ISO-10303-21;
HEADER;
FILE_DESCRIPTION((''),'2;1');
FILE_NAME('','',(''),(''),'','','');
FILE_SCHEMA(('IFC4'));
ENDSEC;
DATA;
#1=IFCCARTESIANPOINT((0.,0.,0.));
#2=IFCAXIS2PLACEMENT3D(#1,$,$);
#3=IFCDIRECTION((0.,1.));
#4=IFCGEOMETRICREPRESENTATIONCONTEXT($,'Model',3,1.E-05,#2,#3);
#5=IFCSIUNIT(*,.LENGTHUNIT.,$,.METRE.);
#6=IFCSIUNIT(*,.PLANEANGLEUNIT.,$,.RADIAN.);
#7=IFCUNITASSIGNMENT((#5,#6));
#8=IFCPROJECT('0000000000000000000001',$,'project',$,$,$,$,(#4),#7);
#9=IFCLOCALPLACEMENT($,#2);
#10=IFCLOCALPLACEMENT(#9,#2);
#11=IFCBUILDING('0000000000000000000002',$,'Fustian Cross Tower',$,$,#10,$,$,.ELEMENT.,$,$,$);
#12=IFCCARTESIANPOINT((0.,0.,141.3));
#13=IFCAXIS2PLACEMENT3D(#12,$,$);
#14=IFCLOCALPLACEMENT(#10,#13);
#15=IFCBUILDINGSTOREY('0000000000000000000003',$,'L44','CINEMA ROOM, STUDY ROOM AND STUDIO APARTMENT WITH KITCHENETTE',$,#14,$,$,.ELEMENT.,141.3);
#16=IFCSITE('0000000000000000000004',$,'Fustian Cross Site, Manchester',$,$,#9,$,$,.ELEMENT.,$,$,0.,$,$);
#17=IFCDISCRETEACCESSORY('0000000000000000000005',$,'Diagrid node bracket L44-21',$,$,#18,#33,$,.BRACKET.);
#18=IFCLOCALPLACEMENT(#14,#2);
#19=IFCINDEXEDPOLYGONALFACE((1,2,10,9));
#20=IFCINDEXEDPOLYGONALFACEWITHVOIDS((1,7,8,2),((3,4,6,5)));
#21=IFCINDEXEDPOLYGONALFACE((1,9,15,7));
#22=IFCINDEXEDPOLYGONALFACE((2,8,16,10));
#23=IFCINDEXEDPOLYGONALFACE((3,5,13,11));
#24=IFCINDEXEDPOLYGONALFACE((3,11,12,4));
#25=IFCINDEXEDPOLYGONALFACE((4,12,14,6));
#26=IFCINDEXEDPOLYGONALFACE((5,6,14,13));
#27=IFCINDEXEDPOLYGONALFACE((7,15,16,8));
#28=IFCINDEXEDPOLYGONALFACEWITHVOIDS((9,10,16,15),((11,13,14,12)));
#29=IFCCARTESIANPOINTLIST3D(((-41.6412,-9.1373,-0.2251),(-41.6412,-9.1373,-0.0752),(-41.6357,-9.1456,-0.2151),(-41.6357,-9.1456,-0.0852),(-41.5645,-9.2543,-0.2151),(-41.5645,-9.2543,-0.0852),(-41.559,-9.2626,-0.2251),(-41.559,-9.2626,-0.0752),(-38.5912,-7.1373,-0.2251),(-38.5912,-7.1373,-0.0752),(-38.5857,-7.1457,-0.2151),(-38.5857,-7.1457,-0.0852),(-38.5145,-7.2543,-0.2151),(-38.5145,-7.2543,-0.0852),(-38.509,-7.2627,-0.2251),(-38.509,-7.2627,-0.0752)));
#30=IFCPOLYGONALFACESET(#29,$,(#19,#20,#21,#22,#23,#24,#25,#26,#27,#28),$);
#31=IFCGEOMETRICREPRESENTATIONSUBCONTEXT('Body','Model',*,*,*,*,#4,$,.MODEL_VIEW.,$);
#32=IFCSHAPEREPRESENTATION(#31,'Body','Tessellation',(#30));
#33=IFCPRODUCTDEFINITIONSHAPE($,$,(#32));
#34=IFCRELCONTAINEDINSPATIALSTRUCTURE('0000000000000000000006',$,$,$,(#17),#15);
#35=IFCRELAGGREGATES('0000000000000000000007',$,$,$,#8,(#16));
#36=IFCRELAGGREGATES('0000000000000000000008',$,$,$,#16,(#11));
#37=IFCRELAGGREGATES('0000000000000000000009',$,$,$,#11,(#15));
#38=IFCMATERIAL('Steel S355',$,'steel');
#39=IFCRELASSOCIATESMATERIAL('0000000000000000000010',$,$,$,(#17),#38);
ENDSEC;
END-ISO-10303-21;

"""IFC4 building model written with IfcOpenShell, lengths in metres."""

from ifc_helpers import new_model, si_unit, direction, frame, origin, origin_2d, place, context, subcontext, project, spatial, hollow_rectangle, extrude, material, element, save


model = new_model("IFC4")

# Units and contexts
model_context = context("Model", 3, precision=1e-05, world=origin(), true_north=direction((0.0, 1.0)))
body_context = subcontext(model_context, "Body", "Model", "MODEL_VIEW")
ifc_project = project(units=[si_unit("LENGTHUNIT", "METRE"), si_unit("PLANEANGLEUNIT", "RADIAN")], contexts=[model_context])

# Site, building, storey
site_placement = place(None, origin())
site = spatial("IfcSite", under=ifc_project, at=site_placement, Name="Fustian Cross Site, Manchester", CompositionType="ELEMENT", RefElevation=0.0)
building_placement = place(site_placement, origin())
building = spatial("IfcBuilding", under=site, at=building_placement, Name="Fustian Cross Tower", CompositionType="ELEMENT")
storey_placement = place(building_placement, frame((0.0, 0.0, 141.3)))
storey = spatial("IfcBuildingStorey", under=building, at=storey_placement, Name="L44", Description="CINEMA ROOM, STUDY ROOM AND STUDIO APARTMENT WITH KITCHENETTE", CompositionType="ELEMENT", Elevation=141.3)

# Discrete accessory
ifc_material_1 = material(Name="Steel S355", Category="steel")
discrete_accessory_1_placement = place(storey_placement, frame((-41.6001, -9.2, -0.1501), z_axis=(0.836248, 0.548351, 0.0), x_axis=(-0.548351, 0.836248, 0.0)))
element("IfcDiscreteAccessory", 1, at=discrete_accessory_1_placement, inside=storey, material=ifc_material_1, Name="Diagrid node bracket L44-21", PredefinedType="BRACKET", context=body_context, shape_type="SweptSolid", body=[
    extrude(hollow_rectangle(XDim=0.1499, YDim=0.1499, WallThickness=0.01, at=origin_2d()), origin(), (0.0, 0.0, 1.0), 3.6472),
])

save(model, "model.ifc")
